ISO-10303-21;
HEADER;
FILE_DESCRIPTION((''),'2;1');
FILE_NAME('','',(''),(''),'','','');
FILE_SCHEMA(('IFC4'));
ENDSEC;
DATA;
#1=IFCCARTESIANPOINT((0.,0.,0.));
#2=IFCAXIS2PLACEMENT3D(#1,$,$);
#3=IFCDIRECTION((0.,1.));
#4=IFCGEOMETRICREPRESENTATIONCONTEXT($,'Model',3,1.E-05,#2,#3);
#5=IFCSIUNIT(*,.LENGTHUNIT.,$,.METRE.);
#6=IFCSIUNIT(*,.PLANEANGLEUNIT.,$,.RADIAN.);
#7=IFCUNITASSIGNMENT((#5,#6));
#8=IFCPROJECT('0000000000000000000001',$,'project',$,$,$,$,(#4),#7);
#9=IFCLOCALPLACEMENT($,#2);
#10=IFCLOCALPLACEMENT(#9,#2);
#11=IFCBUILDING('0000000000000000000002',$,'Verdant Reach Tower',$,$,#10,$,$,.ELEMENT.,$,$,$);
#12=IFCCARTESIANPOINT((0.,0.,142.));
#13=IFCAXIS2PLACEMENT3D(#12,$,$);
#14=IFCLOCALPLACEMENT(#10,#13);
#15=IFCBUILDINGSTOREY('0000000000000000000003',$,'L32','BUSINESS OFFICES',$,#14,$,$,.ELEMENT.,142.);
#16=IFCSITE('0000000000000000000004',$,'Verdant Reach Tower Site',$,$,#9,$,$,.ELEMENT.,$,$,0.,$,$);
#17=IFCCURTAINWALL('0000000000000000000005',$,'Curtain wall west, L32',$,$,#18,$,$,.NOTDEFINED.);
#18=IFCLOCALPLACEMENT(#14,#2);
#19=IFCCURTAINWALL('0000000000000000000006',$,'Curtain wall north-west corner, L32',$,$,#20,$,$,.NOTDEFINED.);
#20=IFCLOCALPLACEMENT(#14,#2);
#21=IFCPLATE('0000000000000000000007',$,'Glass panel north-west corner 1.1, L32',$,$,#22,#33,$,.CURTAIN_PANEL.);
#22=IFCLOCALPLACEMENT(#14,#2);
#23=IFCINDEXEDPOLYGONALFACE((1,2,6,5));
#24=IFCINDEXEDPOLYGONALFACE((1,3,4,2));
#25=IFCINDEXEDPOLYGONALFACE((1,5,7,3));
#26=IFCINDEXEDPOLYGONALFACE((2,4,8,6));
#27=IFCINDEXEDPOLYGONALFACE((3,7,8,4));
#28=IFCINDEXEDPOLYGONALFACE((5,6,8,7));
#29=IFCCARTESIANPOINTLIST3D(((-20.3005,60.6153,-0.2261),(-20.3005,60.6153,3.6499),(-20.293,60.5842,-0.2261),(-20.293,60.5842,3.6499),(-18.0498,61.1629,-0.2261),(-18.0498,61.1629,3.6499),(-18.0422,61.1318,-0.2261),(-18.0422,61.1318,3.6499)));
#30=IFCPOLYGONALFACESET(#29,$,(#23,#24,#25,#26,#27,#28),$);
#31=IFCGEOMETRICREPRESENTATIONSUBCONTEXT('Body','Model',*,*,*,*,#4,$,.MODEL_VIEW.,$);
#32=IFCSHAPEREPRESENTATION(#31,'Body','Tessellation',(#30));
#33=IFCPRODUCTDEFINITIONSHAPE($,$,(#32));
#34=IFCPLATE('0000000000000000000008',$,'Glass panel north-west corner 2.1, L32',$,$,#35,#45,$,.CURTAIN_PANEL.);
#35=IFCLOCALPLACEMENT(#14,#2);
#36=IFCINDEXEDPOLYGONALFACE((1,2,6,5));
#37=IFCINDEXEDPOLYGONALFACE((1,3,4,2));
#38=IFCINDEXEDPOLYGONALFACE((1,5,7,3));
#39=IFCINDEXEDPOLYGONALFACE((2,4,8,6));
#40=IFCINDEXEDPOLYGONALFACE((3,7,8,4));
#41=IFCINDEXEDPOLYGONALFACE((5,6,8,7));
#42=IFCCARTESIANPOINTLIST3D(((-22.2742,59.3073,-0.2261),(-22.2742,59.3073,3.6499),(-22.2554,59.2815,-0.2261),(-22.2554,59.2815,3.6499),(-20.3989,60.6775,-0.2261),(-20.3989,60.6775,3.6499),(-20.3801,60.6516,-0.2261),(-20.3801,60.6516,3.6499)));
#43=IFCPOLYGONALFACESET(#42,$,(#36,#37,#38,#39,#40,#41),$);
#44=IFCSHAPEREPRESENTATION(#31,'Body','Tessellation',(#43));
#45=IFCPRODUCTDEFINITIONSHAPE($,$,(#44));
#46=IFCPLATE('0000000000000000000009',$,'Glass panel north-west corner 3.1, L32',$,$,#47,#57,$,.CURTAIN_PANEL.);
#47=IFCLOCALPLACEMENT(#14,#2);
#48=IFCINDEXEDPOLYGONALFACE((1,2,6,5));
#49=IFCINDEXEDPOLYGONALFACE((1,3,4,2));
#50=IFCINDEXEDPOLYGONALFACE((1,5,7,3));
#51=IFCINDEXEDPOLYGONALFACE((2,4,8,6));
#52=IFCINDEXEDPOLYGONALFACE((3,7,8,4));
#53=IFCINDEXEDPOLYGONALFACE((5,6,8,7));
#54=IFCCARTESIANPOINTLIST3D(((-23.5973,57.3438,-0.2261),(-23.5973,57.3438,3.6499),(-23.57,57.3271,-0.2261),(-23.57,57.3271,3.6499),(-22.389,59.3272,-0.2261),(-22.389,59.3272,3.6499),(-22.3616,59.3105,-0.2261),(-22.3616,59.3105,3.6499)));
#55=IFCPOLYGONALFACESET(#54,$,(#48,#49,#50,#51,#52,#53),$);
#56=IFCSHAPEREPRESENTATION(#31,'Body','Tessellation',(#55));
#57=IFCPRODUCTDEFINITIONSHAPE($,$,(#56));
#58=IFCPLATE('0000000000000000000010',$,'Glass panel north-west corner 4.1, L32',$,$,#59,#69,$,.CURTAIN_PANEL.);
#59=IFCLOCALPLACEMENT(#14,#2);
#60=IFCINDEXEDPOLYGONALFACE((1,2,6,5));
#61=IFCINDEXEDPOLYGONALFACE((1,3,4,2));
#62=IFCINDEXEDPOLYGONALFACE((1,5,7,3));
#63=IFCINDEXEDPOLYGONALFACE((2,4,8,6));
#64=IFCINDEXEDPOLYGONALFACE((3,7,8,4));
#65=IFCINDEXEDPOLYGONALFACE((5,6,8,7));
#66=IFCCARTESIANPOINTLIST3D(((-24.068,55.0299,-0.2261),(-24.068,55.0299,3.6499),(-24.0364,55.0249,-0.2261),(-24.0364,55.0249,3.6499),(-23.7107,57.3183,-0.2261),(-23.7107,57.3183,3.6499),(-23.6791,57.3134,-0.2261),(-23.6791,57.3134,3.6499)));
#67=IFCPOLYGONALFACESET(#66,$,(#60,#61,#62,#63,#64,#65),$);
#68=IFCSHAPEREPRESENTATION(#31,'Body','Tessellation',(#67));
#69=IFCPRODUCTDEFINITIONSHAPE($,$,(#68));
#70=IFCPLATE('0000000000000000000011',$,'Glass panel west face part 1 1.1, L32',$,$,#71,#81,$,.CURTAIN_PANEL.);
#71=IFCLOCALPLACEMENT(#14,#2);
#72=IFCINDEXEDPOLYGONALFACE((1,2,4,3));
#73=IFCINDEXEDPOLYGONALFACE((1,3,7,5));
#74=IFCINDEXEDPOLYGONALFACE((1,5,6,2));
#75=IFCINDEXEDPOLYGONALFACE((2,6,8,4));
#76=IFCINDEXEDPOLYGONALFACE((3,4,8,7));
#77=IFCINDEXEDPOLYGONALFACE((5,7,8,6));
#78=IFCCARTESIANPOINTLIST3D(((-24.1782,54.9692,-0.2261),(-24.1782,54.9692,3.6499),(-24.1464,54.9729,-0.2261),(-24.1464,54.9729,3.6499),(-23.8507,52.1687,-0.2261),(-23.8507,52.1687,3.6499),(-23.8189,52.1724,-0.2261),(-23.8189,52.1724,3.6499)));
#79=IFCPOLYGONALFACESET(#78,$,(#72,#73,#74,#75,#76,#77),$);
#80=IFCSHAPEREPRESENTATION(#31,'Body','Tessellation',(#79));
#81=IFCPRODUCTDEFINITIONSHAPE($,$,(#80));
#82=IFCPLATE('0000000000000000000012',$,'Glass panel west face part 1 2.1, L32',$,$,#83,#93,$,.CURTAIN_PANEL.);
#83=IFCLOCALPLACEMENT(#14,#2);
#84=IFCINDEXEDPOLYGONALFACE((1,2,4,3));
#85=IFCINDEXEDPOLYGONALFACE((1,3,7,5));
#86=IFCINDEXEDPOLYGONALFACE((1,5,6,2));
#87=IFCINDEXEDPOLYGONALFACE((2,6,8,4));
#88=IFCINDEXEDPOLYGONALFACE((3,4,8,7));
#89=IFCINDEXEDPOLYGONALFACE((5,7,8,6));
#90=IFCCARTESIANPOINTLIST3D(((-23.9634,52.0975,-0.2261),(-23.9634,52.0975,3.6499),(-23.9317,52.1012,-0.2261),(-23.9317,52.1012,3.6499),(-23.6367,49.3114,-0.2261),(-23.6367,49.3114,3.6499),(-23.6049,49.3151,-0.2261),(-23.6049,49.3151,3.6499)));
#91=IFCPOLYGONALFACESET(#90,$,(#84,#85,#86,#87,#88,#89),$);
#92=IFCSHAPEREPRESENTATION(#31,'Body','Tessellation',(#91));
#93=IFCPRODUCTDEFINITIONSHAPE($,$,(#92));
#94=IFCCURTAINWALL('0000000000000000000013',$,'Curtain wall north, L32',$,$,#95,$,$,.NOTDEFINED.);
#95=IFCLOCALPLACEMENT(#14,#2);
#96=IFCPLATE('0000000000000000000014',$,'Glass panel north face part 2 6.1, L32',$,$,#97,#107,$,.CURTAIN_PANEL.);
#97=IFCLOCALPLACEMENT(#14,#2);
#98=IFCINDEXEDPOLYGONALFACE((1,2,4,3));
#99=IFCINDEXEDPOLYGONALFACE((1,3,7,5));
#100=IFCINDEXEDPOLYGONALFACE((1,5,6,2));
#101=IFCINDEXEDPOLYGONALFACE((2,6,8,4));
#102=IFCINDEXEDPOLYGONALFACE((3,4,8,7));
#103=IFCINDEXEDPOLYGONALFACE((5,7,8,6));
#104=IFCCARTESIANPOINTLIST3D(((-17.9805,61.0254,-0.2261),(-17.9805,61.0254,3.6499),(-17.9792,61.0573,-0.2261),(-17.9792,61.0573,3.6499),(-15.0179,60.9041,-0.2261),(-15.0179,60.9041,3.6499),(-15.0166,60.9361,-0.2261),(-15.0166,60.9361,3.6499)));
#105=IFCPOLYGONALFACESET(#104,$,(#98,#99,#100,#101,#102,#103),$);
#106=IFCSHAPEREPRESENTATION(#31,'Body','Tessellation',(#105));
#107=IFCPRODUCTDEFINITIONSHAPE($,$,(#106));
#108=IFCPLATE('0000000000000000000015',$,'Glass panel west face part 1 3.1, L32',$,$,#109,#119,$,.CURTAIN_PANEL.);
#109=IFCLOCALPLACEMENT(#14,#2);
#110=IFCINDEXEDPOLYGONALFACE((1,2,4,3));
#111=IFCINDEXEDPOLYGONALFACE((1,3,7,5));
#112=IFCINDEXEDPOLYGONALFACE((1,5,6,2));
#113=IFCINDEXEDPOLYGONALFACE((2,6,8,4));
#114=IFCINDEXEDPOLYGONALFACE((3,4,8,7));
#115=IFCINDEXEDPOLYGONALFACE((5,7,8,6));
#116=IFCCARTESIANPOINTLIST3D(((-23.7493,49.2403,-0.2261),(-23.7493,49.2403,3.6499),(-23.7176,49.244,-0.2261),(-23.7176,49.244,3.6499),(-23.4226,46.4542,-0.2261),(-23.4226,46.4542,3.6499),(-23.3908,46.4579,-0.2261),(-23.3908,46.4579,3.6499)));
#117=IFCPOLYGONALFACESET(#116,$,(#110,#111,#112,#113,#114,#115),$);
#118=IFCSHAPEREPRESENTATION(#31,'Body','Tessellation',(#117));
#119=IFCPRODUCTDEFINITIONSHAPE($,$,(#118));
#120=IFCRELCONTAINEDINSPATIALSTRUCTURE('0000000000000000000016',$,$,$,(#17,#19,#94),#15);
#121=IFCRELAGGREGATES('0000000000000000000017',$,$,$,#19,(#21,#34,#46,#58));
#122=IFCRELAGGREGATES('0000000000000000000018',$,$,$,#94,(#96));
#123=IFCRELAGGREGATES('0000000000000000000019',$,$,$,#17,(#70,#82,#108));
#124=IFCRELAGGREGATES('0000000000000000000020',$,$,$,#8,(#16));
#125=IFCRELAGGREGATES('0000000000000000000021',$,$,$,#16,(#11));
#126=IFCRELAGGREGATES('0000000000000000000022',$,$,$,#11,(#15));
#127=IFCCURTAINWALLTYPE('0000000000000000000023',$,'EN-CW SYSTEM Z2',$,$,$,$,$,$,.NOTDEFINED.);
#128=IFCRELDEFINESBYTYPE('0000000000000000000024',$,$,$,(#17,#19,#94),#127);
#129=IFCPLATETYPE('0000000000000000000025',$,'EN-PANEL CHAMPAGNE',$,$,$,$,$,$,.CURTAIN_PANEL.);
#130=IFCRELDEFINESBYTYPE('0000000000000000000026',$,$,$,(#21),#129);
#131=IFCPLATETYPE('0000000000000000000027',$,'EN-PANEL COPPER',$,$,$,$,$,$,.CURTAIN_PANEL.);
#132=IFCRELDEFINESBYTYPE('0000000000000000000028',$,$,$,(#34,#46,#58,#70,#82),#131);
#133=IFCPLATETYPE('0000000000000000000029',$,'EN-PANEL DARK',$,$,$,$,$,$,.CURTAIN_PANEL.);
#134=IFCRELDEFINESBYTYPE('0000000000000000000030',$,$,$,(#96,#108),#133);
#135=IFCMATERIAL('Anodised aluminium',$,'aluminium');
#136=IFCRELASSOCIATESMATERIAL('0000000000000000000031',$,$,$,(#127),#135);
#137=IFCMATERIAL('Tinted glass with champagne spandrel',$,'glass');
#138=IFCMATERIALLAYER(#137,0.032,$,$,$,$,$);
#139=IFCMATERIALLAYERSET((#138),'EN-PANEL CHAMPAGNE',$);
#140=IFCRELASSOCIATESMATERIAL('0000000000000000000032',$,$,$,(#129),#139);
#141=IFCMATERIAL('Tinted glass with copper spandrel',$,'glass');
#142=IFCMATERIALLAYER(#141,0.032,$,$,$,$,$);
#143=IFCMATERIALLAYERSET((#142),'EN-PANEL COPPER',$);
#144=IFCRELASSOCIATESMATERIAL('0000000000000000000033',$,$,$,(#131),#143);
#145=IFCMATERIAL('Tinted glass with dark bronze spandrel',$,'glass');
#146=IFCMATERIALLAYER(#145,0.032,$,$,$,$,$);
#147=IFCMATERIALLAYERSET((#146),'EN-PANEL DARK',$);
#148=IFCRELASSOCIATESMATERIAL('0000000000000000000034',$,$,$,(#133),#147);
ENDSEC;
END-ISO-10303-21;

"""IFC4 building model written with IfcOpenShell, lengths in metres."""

from ifc_helpers import new_model, si_unit, direction, frame, origin, origin_2d, place, context, subcontext, project, spatial, rectangle, extrude, material, layer, layer_set, type_object, element, aggregate, save


model = new_model("IFC4")

# Units and contexts
model_context = context("Model", 3, precision=1e-05, world=origin(), true_north=direction((0.0, 1.0)))
body_context = subcontext(model_context, "Body", "Model", "MODEL_VIEW")
ifc_project = project(units=[si_unit("LENGTHUNIT", "METRE"), si_unit("PLANEANGLEUNIT", "RADIAN")], contexts=[model_context])

# Site, building, storey
site_placement = place(None, origin())
site = spatial("IfcSite", under=ifc_project, at=site_placement, Name="Verdant Reach Tower Site", CompositionType="ELEMENT", RefElevation=0.0)
building_placement = place(site_placement, origin())
building = spatial("IfcBuilding", under=site, at=building_placement, Name="Verdant Reach Tower", CompositionType="ELEMENT")
storey_placement = place(building_placement, frame((0.0, 0.0, 142.0)))
storey = spatial("IfcBuildingStorey", under=building, at=storey_placement, Name="L32", Description="BUSINESS OFFICES", CompositionType="ELEMENT", Elevation=142.0)

# Curtain wall
ifc_material_1 = material(Name="Anodised aluminium", Category="aluminium")
curtain_wall_type = type_object("IfcCurtainWallType", Name="EN-CW SYSTEM Z2", PredefinedType="NOTDEFINED", material=ifc_material_1)
curtain_wall_1_placement = place(storey_placement, origin())
curtain_wall_1 = element("IfcCurtainWall", 1, at=curtain_wall_1_placement, inside=storey, type_object=curtain_wall_type, Name="Curtain wall west, L32", PredefinedType="NOTDEFINED")

# Curtain wall, plates
curtain_wall_2_placement = place(storey_placement, origin())
curtain_wall_2 = element("IfcCurtainWall", 2, at=curtain_wall_2_placement, inside=storey, type_object=curtain_wall_type, Name="Curtain wall north-west corner, L32", PredefinedType="NOTDEFINED")
ifc_material_2 = material(Name="Tinted glass with champagne spandrel", Category="glass")
ifc_layer_1 = layer(ifc_material_2, 0.032)
ifc_layer_set_1 = layer_set([ifc_layer_1], Name="EN-PANEL CHAMPAGNE")
plate_type_1 = type_object("IfcPlateType", Name="EN-PANEL CHAMPAGNE", PredefinedType="CURTAIN_PANEL", material=ifc_layer_set_1)
plate_1_placement = place(storey_placement, frame((-19.1714, 60.8735, -0.2261), z_axis=(0.0, 0.0, 1.0), x_axis=(-0.971658, -0.236391, 0.0)))
plate_1 = element("IfcPlate", 3, at=plate_1_placement, type_object=plate_type_1, Name="Glass panel north-west corner 1.1, L32", PredefinedType="CURTAIN_PANEL", context=body_context, shape_type="SweptSolid", body=[
    extrude(rectangle(XDim=2.3164, YDim=0.032, at=origin_2d()), origin(), (0.0, 0.0, 1.0), 3.876),
])
ifc_material_3 = material(Name="Tinted glass with copper spandrel", Category="glass")
ifc_layer_2 = layer(ifc_material_3, 0.032)
ifc_layer_set_2 = layer_set([ifc_layer_2], Name="EN-PANEL COPPER")
plate_type_2 = type_object("IfcPlateType", Name="EN-PANEL COPPER", PredefinedType="CURTAIN_PANEL", material=ifc_layer_set_2)
plate_2_placement = place(storey_placement, frame((-21.3271, 59.9795, -0.2261), z_axis=(0.0, 0.0, 1.0), x_axis=(-0.807457, -0.589927, 0.0)))
plate_2 = element("IfcPlate", 4, at=plate_2_placement, type_object=plate_type_2, Name="Glass panel north-west corner 2.1, L32", PredefinedType="CURTAIN_PANEL", context=body_context, shape_type="SweptSolid", body=[
    extrude(rectangle(XDim=2.3225, YDim=0.032, at=origin_2d()), origin(), (0.0, 0.0, 1.0), 3.876),
])
plate_3_placement = place(storey_placement, frame((-22.9795, 58.3271, -0.2261), z_axis=(0.0, 0.0, 1.0), x_axis=(-0.520292, -0.853989, 0.0)))
plate_3 = element("IfcPlate", 5, at=plate_3_placement, type_object=plate_type_2, Name="Glass panel north-west corner 3.1, L32", PredefinedType="CURTAIN_PANEL", context=body_context, shape_type="SweptSolid", body=[
    extrude(rectangle(XDim=2.3225, YDim=0.032, at=origin_2d()), origin(), (0.0, 0.0, 1.0), 3.876),
])
plate_4_placement = place(storey_placement, frame((-23.8735, 56.1716, -0.2261), z_axis=(0.0, 0.0, 1.0), x_axis=(-0.154281, -0.988027, 0.0)))
plate_4 = element("IfcPlate", 6, at=plate_4_placement, type_object=plate_type_2, Name="Glass panel north-west corner 4.1, L32", PredefinedType="CURTAIN_PANEL", context=body_context, shape_type="SweptSolid", body=[
    extrude(rectangle(XDim=2.3162, YDim=0.032, at=origin_2d()), origin(), (0.0, 0.0, 1.0), 3.876),
])
aggregate(curtain_wall_2, [plate_1, plate_2, plate_3, plate_4])

# Plates
plate_5_placement = place(storey_placement, frame((-23.9985, 53.5708, -0.2261), z_axis=(0.0, 0.0, 1.0), x_axis=(0.116147, -0.993232, 0.0)))
plate_5 = element("IfcPlate", 7, at=plate_5_placement, type_object=plate_type_2, Name="Glass panel west face part 1 1.1, L32", PredefinedType="CURTAIN_PANEL", context=body_context, shape_type="SweptSolid", body=[
    extrude(rectangle(XDim=2.8196, YDim=0.032, at=origin_2d()), origin(), (0.0, 0.0, 1.0), 3.876),
])
plate_6_placement = place(storey_placement, frame((-23.7842, 50.7063, -0.2261), z_axis=(0.0, 0.0, 1.0), x_axis=(0.116483, -0.993193, 0.0)))
plate_6 = element("IfcPlate", 8, at=plate_6_placement, type_object=plate_type_2, Name="Glass panel west face part 1 2.1, L32", PredefinedType="CURTAIN_PANEL", context=body_context, shape_type="SweptSolid", body=[
    extrude(rectangle(XDim=2.8052, YDim=0.032, at=origin_2d()), origin(), (0.0, 0.0, 1.0), 3.876),
])

# Curtain wall, plate
curtain_wall_3_placement = place(storey_placement, origin())
curtain_wall_3 = element("IfcCurtainWall", 9, at=curtain_wall_3_placement, inside=storey, type_object=curtain_wall_type, Name="Curtain wall north, L32", PredefinedType="NOTDEFINED")
ifc_material_4 = material(Name="Tinted glass with dark bronze spandrel", Category="glass")
ifc_layer_3 = layer(ifc_material_4, 0.032)
ifc_layer_set_3 = layer_set([ifc_layer_3], Name="EN-PANEL DARK")
plate_type_3 = type_object("IfcPlateType", Name="EN-PANEL DARK", PredefinedType="CURTAIN_PANEL", material=ifc_layer_set_3)
plate_7_placement = place(storey_placement, frame((-16.4985, 60.9807, -0.2261), z_axis=(0.0, 0.0, 1.0), x_axis=(-0.999163, 0.0409, 0.0)))
plate_7 = element("IfcPlate", 10, at=plate_7_placement, type_object=plate_type_3, Name="Glass panel north face part 2 6.1, L32", PredefinedType="CURTAIN_PANEL", context=body_context, shape_type="SweptSolid", body=[
    extrude(rectangle(XDim=2.9651, YDim=0.032, at=origin_2d()), origin(), (0.0, 0.0, 1.0), 3.876),
])
aggregate(curtain_wall_3, [plate_7])

# Plate
plate_8_placement = place(storey_placement, frame((-23.5701, 47.8491, -0.2261), z_axis=(0.0, 0.0, 1.0), x_axis=(0.116483, -0.993193, 0.0)))
plate_8 = element("IfcPlate", 11, at=plate_8_placement, type_object=plate_type_3, Name="Glass panel west face part 1 3.1, L32", PredefinedType="CURTAIN_PANEL", context=body_context, shape_type="SweptSolid", body=[
    extrude(rectangle(XDim=2.8052, YDim=0.032, at=origin_2d()), origin(), (0.0, 0.0, 1.0), 3.876),
])
aggregate(curtain_wall_1, [plate_5, plate_6, plate_8])

save(model, "model.ifc")
